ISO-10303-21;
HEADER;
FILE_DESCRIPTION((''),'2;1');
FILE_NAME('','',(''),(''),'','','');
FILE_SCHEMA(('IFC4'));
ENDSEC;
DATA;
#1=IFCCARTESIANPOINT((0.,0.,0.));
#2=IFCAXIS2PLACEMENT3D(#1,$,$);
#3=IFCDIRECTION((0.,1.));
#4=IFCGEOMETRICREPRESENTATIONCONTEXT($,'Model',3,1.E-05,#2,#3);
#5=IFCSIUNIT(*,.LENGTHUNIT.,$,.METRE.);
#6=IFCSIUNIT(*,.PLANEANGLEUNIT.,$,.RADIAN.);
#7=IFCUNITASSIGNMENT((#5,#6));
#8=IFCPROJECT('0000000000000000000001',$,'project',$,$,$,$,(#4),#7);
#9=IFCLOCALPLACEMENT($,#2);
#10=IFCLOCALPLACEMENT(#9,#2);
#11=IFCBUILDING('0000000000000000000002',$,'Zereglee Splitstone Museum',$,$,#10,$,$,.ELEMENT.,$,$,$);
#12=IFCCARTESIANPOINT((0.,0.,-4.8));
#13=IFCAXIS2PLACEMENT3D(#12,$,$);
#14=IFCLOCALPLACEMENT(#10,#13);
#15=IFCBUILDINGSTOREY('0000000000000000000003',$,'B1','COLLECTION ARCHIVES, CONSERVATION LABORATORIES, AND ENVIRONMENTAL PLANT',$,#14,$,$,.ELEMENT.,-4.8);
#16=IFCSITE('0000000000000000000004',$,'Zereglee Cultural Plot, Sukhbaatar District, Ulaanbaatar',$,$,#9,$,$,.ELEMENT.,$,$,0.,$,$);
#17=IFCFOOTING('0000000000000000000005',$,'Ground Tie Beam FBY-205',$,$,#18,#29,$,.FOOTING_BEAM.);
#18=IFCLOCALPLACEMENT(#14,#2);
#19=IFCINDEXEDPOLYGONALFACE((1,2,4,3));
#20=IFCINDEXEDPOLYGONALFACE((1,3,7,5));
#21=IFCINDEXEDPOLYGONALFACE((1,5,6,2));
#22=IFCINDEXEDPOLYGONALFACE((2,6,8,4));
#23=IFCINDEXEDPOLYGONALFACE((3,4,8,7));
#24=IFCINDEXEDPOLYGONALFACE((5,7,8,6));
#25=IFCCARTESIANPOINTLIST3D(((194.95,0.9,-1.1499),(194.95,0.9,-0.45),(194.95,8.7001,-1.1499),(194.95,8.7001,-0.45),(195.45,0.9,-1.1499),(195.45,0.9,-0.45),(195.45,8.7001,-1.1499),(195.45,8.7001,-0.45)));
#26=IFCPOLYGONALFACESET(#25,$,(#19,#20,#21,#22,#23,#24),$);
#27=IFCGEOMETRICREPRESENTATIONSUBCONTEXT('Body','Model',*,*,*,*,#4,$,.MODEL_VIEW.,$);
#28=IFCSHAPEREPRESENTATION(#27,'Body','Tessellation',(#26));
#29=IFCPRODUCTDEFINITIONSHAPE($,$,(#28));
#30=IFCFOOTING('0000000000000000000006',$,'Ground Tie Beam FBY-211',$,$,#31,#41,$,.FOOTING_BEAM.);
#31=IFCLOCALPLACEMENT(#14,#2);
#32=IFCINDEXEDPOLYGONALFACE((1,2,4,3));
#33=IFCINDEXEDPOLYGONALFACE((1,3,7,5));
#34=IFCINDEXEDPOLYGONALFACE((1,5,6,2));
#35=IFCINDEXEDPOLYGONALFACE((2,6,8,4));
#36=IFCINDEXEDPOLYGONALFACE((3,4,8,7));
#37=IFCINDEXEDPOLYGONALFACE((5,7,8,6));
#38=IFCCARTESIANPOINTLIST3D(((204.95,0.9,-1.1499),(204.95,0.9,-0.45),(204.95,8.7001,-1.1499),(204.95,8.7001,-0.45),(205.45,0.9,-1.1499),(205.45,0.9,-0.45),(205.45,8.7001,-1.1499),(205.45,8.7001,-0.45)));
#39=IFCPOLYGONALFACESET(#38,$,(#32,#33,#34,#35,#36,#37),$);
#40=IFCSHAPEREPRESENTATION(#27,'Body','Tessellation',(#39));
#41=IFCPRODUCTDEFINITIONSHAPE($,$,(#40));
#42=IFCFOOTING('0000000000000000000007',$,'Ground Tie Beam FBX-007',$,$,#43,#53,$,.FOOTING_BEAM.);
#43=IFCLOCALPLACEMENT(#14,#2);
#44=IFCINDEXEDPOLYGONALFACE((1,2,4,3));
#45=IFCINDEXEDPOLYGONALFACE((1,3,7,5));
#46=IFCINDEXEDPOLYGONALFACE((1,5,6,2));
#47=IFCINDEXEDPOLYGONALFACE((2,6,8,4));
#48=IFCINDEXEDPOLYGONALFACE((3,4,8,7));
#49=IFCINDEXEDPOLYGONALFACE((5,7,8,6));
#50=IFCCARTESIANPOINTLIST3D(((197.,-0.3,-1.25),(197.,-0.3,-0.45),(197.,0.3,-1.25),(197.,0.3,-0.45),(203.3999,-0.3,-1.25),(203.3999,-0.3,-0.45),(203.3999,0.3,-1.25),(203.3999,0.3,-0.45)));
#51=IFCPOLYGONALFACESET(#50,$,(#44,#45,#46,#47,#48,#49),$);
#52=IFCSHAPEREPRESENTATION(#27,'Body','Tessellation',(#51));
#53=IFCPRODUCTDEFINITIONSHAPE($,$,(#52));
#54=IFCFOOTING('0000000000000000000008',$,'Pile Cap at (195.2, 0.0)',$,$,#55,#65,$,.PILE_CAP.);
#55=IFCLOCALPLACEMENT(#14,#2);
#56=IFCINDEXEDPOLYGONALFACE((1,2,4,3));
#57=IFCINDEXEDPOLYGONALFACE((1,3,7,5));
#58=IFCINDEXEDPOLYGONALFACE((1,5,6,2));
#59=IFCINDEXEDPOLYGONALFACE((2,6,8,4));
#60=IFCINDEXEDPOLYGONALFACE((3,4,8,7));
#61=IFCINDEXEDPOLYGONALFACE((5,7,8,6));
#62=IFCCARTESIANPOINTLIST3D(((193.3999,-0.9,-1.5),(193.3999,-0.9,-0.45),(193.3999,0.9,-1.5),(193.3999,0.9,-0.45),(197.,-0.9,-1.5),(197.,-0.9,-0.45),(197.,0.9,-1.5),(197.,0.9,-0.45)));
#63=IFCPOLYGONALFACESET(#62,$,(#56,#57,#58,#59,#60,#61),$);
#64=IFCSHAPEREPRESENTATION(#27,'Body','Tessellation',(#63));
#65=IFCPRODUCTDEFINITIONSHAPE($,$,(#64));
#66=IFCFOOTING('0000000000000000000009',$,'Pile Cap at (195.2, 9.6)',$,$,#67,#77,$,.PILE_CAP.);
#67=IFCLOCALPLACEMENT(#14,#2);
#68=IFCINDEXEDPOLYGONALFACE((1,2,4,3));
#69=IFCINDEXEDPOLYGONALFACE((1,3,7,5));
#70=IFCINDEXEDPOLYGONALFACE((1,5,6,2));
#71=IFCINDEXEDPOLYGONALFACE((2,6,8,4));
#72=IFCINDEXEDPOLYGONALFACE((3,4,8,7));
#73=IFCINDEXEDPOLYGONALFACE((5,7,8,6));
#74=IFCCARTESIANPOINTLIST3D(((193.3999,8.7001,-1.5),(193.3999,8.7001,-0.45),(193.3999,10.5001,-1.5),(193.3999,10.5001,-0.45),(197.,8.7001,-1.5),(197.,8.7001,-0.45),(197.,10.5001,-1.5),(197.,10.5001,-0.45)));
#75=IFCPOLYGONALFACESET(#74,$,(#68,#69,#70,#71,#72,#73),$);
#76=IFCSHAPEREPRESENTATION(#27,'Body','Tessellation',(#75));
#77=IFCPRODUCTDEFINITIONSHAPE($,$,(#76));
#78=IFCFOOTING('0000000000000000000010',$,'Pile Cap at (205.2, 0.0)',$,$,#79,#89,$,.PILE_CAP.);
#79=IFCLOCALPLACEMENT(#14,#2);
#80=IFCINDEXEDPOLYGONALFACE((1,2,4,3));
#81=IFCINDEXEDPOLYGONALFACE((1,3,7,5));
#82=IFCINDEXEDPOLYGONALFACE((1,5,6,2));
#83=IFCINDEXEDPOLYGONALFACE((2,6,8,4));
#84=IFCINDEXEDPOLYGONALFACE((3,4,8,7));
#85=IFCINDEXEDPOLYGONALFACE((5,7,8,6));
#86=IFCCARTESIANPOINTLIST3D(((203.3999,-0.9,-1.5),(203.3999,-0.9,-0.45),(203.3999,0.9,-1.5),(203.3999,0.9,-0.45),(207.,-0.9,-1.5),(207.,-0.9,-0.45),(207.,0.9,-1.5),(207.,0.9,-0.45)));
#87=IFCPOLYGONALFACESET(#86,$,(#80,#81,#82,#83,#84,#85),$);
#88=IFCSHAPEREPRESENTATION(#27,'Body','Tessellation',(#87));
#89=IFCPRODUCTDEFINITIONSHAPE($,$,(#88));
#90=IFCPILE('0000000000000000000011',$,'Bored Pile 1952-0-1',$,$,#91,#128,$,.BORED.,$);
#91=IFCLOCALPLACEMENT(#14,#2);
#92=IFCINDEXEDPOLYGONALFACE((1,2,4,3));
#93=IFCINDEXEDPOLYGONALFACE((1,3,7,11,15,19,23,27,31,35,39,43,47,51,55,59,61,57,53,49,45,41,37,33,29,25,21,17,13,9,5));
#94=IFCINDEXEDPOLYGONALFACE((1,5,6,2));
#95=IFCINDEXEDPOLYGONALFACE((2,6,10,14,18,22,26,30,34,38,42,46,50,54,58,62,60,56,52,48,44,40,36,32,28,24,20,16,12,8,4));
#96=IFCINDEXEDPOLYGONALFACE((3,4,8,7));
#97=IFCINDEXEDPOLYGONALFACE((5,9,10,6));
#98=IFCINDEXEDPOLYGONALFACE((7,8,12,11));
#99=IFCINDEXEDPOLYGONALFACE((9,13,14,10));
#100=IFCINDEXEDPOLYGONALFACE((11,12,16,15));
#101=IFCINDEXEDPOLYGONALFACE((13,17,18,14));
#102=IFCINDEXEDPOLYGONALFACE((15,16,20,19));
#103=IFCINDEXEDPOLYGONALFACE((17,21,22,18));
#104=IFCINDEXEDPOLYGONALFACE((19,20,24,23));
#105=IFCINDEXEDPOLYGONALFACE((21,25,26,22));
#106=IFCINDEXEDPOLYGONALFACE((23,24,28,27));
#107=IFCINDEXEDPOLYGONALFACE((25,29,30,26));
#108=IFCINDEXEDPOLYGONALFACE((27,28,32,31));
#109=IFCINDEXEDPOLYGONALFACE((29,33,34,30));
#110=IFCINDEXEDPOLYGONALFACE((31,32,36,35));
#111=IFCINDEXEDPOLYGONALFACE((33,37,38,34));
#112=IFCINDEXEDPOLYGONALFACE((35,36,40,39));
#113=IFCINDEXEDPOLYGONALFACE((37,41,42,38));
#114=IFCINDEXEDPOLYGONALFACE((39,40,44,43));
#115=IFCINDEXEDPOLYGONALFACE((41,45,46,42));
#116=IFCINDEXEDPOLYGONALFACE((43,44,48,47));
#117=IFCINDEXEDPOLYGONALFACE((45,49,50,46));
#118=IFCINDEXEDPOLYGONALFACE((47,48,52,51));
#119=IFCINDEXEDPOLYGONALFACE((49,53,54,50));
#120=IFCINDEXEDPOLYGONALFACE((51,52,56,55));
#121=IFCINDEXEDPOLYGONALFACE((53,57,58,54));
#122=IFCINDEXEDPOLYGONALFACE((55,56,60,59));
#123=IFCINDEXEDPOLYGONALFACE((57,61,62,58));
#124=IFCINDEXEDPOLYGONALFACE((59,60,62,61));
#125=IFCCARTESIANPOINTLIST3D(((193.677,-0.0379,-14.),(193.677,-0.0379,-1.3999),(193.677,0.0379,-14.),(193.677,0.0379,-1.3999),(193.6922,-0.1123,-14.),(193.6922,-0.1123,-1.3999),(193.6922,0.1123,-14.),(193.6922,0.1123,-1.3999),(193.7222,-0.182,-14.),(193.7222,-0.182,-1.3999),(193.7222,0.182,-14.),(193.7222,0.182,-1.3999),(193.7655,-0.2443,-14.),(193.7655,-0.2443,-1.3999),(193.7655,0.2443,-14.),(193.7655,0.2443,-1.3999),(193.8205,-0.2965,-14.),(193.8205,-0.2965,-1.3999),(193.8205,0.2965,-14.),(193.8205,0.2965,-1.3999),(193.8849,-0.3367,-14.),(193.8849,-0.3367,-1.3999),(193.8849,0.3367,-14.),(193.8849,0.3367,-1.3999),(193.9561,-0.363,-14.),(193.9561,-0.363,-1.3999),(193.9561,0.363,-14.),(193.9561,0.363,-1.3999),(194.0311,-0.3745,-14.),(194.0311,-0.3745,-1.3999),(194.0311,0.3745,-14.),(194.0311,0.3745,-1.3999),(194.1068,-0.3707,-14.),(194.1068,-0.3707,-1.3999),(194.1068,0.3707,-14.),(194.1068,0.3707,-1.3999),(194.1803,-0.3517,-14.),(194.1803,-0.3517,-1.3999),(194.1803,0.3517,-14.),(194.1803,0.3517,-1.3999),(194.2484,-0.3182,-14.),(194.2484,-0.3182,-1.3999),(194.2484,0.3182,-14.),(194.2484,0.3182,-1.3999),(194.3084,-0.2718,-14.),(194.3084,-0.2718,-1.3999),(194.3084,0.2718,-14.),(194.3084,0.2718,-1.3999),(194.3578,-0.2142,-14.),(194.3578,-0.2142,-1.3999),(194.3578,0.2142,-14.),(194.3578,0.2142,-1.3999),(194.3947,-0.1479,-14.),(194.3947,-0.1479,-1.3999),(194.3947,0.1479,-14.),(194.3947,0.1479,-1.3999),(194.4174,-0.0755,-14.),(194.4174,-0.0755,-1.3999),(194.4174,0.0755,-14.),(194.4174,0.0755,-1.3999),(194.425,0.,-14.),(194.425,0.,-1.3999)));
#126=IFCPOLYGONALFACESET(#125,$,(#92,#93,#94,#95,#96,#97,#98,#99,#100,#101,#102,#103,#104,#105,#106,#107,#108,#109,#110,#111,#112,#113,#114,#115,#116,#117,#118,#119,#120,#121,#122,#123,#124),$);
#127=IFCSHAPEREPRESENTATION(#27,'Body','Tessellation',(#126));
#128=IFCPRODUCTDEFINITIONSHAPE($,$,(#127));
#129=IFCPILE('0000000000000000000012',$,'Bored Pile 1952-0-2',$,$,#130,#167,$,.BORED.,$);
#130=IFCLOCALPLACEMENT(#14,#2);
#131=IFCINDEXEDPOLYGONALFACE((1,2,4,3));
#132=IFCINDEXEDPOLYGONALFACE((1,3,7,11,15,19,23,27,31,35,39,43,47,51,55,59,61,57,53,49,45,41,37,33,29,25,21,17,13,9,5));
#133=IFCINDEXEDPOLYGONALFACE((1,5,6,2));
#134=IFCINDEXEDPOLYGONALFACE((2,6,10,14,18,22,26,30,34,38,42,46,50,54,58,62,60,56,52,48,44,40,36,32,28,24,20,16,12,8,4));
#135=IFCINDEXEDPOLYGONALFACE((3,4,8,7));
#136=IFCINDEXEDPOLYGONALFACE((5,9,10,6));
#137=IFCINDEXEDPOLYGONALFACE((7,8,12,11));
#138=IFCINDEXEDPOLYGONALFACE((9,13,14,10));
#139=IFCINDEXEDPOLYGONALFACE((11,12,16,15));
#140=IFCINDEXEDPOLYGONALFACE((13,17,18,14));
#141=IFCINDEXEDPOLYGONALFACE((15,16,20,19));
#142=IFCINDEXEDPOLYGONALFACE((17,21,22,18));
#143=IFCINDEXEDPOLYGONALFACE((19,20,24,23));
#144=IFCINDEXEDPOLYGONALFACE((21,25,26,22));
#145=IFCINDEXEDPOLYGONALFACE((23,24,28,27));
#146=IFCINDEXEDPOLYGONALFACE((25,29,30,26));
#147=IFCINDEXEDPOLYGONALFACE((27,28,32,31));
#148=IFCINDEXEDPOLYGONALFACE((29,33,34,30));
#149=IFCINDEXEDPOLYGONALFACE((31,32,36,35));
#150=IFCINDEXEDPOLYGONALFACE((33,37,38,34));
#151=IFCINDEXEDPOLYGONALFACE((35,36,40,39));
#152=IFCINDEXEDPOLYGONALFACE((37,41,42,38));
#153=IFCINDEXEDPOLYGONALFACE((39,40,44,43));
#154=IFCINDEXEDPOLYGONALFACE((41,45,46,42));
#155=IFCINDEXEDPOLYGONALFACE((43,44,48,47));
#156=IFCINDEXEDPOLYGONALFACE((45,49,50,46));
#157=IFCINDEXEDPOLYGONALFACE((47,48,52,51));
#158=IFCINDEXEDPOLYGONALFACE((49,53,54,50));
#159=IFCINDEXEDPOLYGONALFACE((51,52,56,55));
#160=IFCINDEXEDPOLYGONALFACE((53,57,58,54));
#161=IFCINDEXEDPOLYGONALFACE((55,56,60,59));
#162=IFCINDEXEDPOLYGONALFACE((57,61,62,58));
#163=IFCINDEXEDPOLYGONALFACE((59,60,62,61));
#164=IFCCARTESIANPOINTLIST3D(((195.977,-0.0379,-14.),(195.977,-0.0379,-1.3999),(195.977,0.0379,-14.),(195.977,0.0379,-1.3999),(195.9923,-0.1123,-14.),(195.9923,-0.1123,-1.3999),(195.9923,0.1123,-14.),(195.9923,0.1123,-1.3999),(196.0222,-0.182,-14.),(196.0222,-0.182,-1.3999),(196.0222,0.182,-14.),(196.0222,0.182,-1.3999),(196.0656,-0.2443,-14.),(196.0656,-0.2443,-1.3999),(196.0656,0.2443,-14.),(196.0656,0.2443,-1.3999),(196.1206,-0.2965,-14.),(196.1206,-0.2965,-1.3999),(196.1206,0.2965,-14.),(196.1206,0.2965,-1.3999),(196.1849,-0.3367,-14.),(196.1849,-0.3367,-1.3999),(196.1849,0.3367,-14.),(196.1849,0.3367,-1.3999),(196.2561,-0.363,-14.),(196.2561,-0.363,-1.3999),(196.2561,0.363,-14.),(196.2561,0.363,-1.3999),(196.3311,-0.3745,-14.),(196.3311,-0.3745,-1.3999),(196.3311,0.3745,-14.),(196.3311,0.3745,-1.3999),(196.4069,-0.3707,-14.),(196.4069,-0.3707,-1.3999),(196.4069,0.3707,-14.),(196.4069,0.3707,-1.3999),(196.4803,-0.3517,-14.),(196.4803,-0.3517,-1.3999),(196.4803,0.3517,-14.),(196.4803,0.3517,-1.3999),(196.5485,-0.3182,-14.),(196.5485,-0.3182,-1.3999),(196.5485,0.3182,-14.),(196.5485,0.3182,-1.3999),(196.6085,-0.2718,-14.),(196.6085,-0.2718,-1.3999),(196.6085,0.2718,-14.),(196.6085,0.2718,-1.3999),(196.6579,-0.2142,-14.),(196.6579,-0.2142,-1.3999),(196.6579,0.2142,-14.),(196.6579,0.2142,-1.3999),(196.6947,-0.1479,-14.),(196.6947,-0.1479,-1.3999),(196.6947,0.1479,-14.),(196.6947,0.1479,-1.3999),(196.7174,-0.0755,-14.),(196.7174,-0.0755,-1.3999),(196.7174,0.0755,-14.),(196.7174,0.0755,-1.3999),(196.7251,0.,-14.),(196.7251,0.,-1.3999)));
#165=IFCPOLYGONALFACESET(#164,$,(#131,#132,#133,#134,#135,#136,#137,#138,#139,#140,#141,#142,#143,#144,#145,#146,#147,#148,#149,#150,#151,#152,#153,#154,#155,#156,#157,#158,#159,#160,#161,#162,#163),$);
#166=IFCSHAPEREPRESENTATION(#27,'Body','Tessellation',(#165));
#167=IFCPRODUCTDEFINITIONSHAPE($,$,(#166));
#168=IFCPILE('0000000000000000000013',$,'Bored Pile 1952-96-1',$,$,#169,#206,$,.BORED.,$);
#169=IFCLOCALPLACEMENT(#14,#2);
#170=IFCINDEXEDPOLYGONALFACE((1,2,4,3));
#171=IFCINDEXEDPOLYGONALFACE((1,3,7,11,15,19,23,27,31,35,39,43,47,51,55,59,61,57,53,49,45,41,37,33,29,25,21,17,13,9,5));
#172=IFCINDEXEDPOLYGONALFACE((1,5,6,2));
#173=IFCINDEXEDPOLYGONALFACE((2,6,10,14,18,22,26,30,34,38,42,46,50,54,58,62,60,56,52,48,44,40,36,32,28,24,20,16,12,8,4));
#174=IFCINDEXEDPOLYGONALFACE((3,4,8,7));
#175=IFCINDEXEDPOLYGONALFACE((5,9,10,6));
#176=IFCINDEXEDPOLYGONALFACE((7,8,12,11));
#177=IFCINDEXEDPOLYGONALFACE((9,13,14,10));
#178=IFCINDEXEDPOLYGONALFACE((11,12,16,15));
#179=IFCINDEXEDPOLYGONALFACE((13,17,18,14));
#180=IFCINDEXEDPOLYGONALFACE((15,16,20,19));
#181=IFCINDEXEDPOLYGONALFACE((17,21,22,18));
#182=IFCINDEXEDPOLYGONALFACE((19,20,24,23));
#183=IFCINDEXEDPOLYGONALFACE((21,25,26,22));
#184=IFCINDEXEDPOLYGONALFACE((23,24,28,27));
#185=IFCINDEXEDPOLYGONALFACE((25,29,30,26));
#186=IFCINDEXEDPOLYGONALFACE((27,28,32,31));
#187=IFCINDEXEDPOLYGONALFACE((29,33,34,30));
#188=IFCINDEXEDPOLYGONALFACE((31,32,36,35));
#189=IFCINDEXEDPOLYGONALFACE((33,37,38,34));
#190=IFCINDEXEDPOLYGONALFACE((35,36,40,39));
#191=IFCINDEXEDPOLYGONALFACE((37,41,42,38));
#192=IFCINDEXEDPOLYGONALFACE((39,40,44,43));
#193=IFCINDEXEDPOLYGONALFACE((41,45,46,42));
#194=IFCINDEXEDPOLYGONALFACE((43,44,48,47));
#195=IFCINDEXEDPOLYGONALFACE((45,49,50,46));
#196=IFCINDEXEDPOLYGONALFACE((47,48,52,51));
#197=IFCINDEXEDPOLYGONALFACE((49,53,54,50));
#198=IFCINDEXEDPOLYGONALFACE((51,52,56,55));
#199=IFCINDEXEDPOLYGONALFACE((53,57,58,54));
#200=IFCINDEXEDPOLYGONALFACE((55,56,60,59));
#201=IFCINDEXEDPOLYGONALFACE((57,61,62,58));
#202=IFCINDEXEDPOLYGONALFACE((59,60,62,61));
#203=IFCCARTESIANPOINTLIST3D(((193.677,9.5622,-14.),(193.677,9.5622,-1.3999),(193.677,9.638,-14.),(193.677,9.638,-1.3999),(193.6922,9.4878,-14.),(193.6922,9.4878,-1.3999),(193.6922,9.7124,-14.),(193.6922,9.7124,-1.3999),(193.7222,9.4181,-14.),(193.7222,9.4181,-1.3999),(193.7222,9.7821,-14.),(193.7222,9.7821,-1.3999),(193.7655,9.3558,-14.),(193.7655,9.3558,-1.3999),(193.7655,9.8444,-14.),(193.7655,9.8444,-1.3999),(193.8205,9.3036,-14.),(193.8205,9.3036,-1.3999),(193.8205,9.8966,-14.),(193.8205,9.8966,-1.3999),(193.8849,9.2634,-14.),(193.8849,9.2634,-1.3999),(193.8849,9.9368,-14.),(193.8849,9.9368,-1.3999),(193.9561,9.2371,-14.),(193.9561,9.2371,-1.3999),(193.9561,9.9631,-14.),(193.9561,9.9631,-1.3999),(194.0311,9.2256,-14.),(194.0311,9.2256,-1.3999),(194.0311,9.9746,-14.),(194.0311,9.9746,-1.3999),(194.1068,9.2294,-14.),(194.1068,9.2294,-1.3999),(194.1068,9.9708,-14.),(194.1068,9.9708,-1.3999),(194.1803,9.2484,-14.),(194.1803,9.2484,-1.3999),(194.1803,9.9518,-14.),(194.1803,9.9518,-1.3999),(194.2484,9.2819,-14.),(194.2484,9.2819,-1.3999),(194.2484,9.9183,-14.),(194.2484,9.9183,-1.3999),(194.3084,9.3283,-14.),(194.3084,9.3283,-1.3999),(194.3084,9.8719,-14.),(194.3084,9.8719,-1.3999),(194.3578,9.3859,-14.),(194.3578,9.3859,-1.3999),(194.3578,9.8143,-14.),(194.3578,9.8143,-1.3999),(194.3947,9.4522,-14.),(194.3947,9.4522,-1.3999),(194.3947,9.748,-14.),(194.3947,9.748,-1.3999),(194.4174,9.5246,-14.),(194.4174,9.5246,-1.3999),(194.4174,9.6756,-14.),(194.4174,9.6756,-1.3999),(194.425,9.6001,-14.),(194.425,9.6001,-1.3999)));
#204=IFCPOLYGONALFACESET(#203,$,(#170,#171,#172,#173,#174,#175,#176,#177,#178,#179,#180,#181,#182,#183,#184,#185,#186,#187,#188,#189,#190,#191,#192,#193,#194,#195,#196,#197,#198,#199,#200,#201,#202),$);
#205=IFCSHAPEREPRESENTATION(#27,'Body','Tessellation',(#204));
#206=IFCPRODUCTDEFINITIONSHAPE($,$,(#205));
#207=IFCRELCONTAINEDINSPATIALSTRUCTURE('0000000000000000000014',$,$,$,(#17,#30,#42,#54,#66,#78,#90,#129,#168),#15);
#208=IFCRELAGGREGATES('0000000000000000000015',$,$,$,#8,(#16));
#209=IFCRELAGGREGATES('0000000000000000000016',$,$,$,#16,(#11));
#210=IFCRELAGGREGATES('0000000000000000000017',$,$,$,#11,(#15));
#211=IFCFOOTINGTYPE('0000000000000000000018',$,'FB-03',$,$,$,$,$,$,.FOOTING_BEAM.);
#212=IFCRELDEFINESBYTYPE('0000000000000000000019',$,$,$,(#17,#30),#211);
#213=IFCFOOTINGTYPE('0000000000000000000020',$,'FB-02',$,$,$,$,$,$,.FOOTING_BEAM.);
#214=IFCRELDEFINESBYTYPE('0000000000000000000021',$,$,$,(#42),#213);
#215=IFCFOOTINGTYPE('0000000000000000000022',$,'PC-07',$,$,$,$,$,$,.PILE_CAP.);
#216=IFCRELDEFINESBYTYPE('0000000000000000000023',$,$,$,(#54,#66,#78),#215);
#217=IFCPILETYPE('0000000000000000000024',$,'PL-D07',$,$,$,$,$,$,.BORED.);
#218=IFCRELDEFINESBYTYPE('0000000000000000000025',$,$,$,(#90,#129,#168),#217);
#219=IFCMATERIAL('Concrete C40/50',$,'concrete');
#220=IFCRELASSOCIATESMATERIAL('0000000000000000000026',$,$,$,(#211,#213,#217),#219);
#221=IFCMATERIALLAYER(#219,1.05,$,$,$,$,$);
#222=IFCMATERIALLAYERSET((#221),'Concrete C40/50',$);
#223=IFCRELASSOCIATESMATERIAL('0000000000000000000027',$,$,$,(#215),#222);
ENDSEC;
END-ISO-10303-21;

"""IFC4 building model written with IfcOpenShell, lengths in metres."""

from ifc_helpers import new_model, si_unit, direction, frame, origin, origin_2d, place, context, subcontext, project, spatial, rectangle, circle, extrude, material, layer, layer_set, material_profile, profile_set, type_object, element, save


model = new_model("IFC4")

# Units and contexts
model_context = context("Model", 3, precision=1e-05, world=origin(), true_north=direction((0.0, 1.0)))
body_context = subcontext(model_context, "Body", "Model", "MODEL_VIEW")
ifc_project = project(units=[si_unit("LENGTHUNIT", "METRE"), si_unit("PLANEANGLEUNIT", "RADIAN")], contexts=[model_context])

# Site, building, storey
site_placement = place(None, origin())
site = spatial("IfcSite", under=ifc_project, at=site_placement, Name="Zereglee Cultural Plot, Sukhbaatar District, Ulaanbaatar", CompositionType="ELEMENT", RefElevation=0.0)
building_placement = place(site_placement, origin())
building = spatial("IfcBuilding", under=site, at=building_placement, Name="Zereglee Splitstone Museum", CompositionType="ELEMENT")
storey_placement = place(building_placement, frame((0.0, 0.0, -4.8)))
storey = spatial("IfcBuildingStorey", under=building, at=storey_placement, Name="B1", Description="COLLECTION ARCHIVES, CONSERVATION LABORATORIES, AND ENVIRONMENTAL PLANT", CompositionType="ELEMENT", Elevation=-4.8)

# Footings
ifc_material_1 = material(Name="Concrete C40/50", Category="concrete")
footing_type_1 = type_object("IfcFootingType", Name="FB-03", PredefinedType="FOOTING_BEAM", material=ifc_material_1)
for number, where, z_axis, x_axis, name in (
    (1, (195.2, 4.8, -1.1499), (0.0, 0.0, 1.0), (0.0, 1.0, 0.0), "Ground Tie Beam FBY-205"),
    (2, (205.2, 4.8, -1.1499), (0.0, 0.0, 1.0), (0.0, 1.0, 0.0), "Ground Tie Beam FBY-211"),
):
    element("IfcFooting", number, at=place(storey_placement, frame(where, z_axis=z_axis, x_axis=x_axis)), inside=storey, type_object=footing_type_1, Name=name, PredefinedType="FOOTING_BEAM", context=body_context, shape_type="SweptSolid", body=[
        extrude(rectangle(XDim=7.8, YDim=0.5, at=origin_2d()), origin(), (0.0, 0.0, 1.0), 0.7),
    ])
footing_type_2 = type_object("IfcFootingType", Name="FB-02", PredefinedType="FOOTING_BEAM", material=ifc_material_1)
footing_placement = place(storey_placement, frame((200.2, 0.0, -1.25), z_axis=(0.0, 0.0, 1.0), x_axis=(1.0, 0.0, 0.0)))
element("IfcFooting", 3, at=footing_placement, inside=storey, type_object=footing_type_2, Name="Ground Tie Beam FBX-007", PredefinedType="FOOTING_BEAM", context=body_context, shape_type="SweptSolid", body=[
    extrude(rectangle(XDim=6.3999, YDim=0.6001, at=origin_2d()), origin(), (0.0, 0.0, 1.0), 0.8),
])
ifc_layer_1 = layer(ifc_material_1, 1.05)
ifc_layer_set_1 = layer_set([ifc_layer_1], Name="Concrete C40/50")
footing_type_3 = type_object("IfcFootingType", Name="PC-07", PredefinedType="PILE_CAP", material=ifc_layer_set_1)
for number, where, z_axis, x_axis, name in (
    (4, (195.2, 0.0, -1.5), (0.0, 0.0, 1.0), (1.0, 0.0, 0.0), "Pile Cap at (195.2, 0.0)"),
    (5, (195.2, 9.6001, -1.5), (0.0, 0.0, 1.0), (1.0, 0.0, 0.0), "Pile Cap at (195.2, 9.6)"),
    (6, (205.2, 0.0, -1.5), (0.0, 0.0, 1.0), (1.0, 0.0, 0.0), "Pile Cap at (205.2, 0.0)"),
):
    element("IfcFooting", number, at=place(storey_placement, frame(where, z_axis=z_axis, x_axis=x_axis)), inside=storey, type_object=footing_type_3, Name=name, PredefinedType="PILE_CAP", context=body_context, shape_type="SweptSolid", body=[
        extrude(rectangle(XDim=3.6001, YDim=1.8, at=origin_2d()), origin(), (0.0, 0.0, 1.0), 1.05),
    ])

# Piles
ifc_material_profile_1 = material_profile(ifc_material_1, circle(Radius=0.375, at=origin_2d()), Name="PILE D750")
ifc_profile_set_1 = profile_set([ifc_material_profile_1], Name="Concrete C40/50")
pile_type = type_object("IfcPileType", Name="PL-D07", PredefinedType="BORED", material=ifc_profile_set_1)
for number, where, z_axis, x_axis, name in (
    (7, (194.05, 0.0, -1.3999), (0.0, 0.0, -1.0), (1.0, 0.0, 0.0), "Bored Pile 1952-0-1"),
    (8, (196.3501, 0.0, -1.3999), (0.0, 0.0, -1.0), (1.0, 0.0, 0.0), "Bored Pile 1952-0-2"),
    (9, (194.05, 9.6001, -1.3999), (0.0, 0.0, -1.0), (1.0, 0.0, 0.0), "Bored Pile 1952-96-1"),
):
    element("IfcPile", number, at=place(storey_placement, frame(where, z_axis=z_axis, x_axis=x_axis)), inside=storey, type_object=pile_type, Name=name, PredefinedType="BORED", context=body_context, shape_type="SweptSolid", body=[
        extrude(circle(Radius=0.375, at=origin_2d()), origin(), (0.0, 0.0, 1.0), 12.6001),
    ])

save(model, "model.ifc")
